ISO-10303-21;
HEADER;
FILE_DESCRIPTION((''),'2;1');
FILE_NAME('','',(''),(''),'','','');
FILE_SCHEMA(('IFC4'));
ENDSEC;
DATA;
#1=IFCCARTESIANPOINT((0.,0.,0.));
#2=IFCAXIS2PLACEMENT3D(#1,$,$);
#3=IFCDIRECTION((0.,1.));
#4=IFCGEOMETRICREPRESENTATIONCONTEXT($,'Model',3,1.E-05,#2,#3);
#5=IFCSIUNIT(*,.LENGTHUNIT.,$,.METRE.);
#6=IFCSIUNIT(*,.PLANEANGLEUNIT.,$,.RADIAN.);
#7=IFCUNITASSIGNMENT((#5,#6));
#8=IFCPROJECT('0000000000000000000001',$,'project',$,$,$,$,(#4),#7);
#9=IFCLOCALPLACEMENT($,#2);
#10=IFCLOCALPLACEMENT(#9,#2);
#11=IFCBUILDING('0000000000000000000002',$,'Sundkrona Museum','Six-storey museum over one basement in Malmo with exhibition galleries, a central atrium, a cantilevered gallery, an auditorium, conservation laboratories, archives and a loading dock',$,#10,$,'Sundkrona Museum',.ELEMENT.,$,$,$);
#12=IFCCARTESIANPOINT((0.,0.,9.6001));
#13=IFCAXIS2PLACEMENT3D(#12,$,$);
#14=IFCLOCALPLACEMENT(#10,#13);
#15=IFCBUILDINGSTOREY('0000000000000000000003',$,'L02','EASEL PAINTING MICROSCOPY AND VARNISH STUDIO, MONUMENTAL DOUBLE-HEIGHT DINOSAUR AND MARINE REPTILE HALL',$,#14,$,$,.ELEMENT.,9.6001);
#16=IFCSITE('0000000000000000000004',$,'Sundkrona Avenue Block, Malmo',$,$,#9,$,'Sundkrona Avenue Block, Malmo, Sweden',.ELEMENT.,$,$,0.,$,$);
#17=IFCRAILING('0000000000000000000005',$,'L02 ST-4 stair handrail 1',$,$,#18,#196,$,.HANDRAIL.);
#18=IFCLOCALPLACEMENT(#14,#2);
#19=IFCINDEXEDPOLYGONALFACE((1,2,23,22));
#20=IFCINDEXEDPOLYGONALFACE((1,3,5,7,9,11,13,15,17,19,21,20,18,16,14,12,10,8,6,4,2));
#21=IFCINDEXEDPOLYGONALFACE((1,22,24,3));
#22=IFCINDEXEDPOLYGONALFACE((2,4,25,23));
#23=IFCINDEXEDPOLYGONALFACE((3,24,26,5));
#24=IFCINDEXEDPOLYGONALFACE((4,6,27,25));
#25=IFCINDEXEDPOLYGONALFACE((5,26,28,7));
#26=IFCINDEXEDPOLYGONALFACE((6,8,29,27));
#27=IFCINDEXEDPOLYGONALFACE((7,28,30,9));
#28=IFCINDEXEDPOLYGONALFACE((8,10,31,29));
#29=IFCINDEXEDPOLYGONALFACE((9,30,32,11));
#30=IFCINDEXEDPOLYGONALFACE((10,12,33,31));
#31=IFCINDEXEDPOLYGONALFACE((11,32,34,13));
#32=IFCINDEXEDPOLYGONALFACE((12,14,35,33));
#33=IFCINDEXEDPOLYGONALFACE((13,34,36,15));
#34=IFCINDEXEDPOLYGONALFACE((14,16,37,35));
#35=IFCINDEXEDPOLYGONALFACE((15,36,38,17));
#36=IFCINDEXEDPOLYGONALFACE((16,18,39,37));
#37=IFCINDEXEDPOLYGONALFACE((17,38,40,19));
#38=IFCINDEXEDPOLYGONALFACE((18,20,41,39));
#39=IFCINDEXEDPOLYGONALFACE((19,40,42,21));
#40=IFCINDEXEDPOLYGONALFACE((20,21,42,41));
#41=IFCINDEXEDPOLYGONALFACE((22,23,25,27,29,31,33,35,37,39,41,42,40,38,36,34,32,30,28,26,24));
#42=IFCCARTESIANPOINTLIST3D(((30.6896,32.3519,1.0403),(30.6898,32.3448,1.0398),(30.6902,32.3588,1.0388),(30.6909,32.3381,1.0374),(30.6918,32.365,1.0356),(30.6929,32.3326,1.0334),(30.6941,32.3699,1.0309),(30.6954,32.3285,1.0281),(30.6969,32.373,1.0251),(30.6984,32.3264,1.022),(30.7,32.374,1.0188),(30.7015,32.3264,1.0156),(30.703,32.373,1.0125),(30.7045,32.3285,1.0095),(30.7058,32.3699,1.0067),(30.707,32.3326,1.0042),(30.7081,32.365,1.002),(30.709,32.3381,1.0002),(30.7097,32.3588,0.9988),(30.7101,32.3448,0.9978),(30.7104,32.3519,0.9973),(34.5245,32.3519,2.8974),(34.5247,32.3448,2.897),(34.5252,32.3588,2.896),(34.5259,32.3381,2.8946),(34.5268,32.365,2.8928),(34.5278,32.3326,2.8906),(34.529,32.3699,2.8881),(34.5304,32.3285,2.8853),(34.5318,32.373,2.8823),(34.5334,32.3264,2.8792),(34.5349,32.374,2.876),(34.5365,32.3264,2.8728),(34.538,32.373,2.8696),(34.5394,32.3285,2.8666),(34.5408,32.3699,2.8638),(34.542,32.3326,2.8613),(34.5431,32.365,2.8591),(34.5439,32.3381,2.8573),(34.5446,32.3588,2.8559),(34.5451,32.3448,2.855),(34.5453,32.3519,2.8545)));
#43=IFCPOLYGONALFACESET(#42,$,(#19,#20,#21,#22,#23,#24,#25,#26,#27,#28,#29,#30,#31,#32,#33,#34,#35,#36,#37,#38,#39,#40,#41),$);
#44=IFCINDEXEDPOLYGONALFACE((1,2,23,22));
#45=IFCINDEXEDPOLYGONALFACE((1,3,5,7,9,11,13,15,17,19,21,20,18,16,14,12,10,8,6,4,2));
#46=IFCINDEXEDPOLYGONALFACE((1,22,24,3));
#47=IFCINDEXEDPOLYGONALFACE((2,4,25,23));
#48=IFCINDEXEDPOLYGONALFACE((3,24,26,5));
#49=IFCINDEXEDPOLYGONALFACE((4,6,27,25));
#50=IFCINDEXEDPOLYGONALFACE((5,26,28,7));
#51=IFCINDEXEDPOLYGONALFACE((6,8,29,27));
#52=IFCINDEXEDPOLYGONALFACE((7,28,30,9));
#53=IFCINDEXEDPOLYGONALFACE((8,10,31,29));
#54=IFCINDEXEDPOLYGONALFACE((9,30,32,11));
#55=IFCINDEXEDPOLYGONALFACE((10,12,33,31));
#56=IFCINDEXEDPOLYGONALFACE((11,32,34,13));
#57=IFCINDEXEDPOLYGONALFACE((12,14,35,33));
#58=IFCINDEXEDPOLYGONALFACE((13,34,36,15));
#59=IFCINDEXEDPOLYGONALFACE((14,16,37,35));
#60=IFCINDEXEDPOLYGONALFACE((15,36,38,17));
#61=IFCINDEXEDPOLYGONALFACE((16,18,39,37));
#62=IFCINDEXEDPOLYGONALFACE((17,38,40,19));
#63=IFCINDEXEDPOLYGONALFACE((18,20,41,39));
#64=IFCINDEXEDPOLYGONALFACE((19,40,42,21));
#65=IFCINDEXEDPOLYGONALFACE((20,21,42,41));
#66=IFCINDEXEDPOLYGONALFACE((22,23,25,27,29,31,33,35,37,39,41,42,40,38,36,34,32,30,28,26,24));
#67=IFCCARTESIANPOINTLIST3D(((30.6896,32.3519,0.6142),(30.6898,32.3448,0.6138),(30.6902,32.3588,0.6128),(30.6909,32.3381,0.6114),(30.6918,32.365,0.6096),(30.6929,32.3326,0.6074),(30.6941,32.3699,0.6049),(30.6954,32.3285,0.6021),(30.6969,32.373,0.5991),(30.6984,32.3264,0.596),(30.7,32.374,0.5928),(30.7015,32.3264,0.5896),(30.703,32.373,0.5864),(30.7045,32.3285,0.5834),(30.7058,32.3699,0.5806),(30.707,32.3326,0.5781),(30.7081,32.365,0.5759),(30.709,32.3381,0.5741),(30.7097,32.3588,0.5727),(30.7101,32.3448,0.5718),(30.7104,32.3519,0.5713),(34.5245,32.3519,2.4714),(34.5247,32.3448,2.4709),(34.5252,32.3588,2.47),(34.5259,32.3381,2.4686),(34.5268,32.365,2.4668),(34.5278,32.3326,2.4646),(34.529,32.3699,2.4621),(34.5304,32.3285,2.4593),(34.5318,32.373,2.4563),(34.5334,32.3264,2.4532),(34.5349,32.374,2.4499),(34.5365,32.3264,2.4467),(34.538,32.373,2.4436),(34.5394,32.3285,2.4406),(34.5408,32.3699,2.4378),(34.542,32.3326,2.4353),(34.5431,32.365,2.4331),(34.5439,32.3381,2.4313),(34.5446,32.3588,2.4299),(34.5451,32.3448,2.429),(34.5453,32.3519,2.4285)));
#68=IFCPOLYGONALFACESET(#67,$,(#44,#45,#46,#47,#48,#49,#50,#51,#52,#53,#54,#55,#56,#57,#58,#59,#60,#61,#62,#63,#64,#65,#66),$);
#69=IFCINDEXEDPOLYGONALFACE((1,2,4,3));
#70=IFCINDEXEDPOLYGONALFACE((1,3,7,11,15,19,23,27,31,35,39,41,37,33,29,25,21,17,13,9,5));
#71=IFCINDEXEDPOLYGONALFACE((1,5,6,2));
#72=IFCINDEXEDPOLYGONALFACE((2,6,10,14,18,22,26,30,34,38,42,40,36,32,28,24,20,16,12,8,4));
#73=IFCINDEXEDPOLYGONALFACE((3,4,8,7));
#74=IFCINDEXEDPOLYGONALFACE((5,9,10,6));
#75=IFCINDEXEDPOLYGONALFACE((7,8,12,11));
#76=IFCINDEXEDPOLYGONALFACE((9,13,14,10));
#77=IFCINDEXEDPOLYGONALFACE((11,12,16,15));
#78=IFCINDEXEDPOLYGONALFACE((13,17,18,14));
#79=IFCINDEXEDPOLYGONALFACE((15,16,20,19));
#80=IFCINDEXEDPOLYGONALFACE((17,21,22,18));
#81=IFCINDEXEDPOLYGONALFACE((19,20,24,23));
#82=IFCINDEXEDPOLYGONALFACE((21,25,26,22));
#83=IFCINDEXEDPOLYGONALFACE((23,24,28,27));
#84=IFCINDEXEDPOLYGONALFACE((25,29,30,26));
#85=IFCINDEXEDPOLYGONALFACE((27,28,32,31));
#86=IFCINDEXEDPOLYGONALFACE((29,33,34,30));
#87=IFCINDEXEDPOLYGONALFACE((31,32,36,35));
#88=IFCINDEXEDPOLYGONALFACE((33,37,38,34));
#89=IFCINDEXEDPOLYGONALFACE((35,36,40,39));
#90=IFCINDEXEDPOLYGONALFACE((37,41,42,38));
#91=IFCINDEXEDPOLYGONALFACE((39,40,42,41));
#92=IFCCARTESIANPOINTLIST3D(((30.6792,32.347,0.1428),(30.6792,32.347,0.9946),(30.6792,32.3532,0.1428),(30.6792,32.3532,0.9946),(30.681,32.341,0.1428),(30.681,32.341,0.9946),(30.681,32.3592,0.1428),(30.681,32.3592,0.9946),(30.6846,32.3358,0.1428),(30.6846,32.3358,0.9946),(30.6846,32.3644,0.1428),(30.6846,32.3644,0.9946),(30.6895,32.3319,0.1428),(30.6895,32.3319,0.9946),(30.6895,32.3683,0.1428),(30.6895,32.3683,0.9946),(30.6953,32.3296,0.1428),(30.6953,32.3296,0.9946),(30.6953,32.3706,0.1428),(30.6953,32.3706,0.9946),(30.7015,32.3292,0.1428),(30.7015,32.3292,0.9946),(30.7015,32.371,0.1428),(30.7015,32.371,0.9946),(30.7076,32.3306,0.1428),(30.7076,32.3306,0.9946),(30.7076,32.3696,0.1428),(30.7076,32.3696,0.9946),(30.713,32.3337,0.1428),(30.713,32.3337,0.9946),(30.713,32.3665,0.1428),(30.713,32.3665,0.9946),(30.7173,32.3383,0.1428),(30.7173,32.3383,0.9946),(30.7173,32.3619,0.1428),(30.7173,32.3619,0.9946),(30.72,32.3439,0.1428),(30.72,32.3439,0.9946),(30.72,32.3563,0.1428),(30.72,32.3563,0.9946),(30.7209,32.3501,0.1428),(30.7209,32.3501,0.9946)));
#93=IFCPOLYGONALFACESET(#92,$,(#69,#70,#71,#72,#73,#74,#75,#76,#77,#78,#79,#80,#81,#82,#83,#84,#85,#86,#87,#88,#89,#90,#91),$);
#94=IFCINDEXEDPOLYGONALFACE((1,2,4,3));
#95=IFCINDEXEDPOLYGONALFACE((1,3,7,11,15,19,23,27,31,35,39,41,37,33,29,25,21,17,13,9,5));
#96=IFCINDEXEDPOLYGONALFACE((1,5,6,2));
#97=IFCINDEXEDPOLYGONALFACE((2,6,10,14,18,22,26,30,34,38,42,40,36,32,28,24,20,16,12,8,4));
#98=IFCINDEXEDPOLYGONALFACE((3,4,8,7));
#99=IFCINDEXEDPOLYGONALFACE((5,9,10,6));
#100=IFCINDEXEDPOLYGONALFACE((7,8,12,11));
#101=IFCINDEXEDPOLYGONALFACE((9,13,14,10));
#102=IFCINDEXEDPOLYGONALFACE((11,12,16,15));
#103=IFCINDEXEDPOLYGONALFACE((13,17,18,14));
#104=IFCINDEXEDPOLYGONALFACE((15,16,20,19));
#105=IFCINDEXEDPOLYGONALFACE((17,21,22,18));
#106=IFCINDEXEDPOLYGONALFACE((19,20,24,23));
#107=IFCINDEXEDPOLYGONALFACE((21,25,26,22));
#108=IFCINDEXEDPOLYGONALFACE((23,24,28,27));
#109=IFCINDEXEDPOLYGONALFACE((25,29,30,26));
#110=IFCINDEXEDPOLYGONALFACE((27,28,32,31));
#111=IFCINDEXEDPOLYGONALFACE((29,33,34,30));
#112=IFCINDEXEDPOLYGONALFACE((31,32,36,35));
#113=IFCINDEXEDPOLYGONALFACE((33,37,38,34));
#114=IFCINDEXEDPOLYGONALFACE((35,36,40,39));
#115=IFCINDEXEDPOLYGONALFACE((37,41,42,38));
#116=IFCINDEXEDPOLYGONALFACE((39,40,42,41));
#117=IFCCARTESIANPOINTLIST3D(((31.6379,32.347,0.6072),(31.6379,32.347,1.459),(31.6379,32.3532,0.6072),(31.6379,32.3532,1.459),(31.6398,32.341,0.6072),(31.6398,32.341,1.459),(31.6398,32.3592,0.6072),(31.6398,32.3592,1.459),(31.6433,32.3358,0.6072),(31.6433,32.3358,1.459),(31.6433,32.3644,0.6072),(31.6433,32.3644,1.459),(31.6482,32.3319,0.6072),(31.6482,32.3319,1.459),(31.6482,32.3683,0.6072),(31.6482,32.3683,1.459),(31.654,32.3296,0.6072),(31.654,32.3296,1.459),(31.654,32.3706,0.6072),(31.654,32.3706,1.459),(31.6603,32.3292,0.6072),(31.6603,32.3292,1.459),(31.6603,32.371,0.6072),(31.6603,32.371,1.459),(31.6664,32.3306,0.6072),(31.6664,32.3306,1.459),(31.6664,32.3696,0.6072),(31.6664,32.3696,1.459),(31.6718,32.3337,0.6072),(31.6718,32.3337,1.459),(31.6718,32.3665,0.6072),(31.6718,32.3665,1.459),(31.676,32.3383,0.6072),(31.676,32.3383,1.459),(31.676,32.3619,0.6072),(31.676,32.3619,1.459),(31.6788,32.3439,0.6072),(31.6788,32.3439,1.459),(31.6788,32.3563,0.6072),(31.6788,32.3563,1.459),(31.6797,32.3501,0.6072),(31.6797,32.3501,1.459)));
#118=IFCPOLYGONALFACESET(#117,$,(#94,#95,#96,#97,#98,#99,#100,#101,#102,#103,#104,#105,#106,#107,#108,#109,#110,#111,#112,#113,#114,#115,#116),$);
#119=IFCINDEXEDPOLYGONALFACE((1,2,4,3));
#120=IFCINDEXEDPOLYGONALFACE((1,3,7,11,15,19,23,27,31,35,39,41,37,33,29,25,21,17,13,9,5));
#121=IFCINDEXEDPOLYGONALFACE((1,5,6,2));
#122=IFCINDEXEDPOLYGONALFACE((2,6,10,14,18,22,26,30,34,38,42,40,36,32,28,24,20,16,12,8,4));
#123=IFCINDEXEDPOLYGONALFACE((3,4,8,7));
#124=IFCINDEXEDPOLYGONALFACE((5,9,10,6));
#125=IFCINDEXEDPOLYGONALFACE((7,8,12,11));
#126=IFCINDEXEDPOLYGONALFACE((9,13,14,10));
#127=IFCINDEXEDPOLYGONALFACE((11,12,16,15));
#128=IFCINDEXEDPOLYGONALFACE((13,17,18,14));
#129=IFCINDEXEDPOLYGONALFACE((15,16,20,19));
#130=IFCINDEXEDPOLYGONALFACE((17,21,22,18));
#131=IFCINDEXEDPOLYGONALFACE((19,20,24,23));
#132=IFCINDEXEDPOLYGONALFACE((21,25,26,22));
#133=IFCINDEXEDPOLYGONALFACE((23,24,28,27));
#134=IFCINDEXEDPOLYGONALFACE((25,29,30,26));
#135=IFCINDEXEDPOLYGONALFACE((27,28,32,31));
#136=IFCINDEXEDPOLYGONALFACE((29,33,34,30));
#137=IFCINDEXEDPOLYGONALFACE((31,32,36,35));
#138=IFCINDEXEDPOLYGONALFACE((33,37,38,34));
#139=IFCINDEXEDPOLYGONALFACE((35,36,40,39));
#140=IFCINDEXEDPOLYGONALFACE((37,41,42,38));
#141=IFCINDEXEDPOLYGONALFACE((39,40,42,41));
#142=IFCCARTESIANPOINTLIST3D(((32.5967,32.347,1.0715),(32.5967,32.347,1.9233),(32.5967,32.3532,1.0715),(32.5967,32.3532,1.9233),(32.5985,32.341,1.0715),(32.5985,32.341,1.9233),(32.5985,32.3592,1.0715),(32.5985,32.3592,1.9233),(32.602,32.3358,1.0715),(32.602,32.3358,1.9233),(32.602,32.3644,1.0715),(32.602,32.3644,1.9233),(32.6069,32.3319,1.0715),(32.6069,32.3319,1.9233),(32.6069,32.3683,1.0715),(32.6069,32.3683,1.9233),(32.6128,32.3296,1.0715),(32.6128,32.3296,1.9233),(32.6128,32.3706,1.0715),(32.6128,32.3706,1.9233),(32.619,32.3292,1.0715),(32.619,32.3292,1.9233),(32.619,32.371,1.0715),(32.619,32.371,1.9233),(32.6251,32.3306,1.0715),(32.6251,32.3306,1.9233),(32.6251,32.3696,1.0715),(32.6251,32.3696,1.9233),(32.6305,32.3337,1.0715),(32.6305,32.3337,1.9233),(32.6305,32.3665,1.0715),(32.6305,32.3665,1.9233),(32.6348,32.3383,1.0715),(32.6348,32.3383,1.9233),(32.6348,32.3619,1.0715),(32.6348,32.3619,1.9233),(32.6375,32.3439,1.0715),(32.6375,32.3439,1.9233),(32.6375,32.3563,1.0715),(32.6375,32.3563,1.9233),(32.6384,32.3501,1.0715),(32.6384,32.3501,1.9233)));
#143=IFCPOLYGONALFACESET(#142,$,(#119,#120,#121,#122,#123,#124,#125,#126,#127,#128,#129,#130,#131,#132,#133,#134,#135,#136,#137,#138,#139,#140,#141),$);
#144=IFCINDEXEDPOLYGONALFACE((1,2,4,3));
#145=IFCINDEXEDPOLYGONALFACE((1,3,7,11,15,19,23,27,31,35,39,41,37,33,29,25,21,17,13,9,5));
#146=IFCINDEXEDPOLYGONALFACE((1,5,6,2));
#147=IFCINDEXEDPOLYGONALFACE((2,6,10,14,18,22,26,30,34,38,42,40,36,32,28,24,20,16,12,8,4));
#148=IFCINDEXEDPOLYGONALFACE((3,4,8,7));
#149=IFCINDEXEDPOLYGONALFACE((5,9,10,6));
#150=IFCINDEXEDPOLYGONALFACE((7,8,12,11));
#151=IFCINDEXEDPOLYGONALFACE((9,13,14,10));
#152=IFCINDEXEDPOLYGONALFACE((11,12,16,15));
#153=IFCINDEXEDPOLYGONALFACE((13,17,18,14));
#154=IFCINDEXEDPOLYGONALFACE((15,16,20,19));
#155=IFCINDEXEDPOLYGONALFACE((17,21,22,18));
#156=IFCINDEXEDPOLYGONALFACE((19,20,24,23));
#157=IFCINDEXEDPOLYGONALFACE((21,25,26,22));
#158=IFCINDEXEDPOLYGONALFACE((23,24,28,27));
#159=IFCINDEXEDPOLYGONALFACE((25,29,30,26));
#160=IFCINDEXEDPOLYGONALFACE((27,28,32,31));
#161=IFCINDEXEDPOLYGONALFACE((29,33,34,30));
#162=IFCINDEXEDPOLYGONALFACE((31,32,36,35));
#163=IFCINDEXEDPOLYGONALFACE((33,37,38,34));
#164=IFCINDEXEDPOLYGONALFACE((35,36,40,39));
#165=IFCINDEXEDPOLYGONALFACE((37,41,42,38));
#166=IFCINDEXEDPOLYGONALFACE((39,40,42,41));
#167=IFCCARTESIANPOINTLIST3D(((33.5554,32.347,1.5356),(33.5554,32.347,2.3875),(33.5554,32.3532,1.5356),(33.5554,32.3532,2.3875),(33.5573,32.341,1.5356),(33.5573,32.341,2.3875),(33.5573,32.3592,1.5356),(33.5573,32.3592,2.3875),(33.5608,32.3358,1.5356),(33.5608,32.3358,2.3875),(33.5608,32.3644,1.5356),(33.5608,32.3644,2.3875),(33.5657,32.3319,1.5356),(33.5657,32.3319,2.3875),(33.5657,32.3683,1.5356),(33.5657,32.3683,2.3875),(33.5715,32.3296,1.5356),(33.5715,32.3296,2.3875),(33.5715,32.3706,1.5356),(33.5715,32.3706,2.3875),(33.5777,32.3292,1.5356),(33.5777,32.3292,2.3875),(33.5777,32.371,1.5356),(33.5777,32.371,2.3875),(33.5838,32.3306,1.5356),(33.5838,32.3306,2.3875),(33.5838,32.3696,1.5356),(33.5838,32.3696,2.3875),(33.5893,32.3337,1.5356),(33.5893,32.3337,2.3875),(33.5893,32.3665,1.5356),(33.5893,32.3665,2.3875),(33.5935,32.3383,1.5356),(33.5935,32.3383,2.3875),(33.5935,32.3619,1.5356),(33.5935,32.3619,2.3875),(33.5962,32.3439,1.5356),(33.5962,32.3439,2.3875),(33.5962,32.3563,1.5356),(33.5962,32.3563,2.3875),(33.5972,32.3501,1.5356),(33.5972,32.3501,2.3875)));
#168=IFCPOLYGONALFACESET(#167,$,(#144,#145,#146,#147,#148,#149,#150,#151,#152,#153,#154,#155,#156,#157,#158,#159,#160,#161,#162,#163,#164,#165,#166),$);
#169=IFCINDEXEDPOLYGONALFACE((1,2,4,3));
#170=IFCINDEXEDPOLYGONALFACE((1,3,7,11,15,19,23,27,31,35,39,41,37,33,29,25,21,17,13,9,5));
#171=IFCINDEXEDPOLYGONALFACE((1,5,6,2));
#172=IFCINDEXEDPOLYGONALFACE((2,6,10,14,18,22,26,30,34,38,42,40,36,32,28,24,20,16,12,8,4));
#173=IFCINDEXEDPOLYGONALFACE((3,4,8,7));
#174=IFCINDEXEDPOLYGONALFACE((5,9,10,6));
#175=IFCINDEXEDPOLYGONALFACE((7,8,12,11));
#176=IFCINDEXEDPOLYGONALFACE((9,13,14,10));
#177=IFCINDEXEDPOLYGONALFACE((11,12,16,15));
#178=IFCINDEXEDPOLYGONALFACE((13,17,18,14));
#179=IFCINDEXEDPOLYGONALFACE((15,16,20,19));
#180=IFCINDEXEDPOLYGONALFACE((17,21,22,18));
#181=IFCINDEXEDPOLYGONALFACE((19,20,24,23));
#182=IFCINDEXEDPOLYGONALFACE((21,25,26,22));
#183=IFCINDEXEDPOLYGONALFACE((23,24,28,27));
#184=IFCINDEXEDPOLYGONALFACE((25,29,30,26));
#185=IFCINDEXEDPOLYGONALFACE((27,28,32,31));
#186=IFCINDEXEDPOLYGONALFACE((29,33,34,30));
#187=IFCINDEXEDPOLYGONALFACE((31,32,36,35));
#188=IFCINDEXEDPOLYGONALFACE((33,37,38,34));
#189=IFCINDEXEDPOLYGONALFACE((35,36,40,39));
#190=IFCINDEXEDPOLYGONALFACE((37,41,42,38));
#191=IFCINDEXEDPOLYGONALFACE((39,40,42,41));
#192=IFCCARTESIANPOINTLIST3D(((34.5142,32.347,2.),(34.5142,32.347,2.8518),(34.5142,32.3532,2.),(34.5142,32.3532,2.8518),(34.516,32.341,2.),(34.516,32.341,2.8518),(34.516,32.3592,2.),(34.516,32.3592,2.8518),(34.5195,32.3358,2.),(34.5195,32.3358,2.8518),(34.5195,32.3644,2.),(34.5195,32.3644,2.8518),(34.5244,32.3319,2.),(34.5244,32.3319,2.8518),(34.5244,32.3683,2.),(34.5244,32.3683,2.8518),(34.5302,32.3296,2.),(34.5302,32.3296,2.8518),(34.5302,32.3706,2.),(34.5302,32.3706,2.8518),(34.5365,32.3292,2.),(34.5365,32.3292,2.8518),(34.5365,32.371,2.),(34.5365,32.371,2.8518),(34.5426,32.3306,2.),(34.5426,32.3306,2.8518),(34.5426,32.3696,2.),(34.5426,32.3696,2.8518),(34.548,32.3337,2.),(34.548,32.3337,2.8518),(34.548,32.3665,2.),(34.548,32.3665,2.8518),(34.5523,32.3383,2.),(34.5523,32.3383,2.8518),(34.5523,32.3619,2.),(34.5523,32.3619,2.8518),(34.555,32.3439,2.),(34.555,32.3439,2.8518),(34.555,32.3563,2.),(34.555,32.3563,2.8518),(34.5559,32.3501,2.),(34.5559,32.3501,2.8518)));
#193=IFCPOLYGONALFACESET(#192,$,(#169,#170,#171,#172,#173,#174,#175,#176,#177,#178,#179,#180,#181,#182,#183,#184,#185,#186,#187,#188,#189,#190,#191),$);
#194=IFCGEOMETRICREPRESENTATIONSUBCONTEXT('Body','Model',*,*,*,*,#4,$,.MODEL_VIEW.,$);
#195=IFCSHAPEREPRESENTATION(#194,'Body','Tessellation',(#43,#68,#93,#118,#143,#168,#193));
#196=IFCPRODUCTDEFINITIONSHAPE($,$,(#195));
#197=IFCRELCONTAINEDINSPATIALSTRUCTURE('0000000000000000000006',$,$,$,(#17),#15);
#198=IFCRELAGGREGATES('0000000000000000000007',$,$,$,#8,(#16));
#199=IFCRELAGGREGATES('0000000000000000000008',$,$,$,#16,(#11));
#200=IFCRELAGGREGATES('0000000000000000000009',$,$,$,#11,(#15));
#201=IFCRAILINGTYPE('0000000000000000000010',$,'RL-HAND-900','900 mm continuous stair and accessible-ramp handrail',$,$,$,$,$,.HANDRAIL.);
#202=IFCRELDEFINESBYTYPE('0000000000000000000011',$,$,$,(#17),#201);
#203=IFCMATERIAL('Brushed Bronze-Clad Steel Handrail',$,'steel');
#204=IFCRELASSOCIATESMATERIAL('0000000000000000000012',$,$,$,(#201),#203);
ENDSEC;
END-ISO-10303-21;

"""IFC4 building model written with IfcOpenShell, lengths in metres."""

from ifc_helpers import new_model, si_unit, direction, frame, origin, origin_2d, place, context, subcontext, project, spatial, circle, extrude, material, type_object, element, save


model = new_model("IFC4")

# Units and contexts
model_context = context("Model", 3, precision=1e-05, world=origin(), true_north=direction((0.0, 1.0)))
body_context = subcontext(model_context, "Body", "Model", "MODEL_VIEW")
ifc_project = project(units=[si_unit("LENGTHUNIT", "METRE"), si_unit("PLANEANGLEUNIT", "RADIAN")], contexts=[model_context])

# Site, building, storey
site_placement = place(None, origin())
site = spatial("IfcSite", under=ifc_project, at=site_placement, Name="Sundkrona Avenue Block, Malmo", LongName="Sundkrona Avenue Block, Malmo, Sweden", CompositionType="ELEMENT", RefElevation=0.0)
building_placement = place(site_placement, origin())
building = spatial("IfcBuilding", under=site, at=building_placement, Name="Sundkrona Museum", Description="Six-storey museum over one basement in Malmo with exhibition galleries, a central atrium, a cantilevered gallery, an auditorium, conservation laboratories, archives and a loading dock", LongName="Sundkrona Museum", CompositionType="ELEMENT")
storey_placement = place(building_placement, frame((0.0, 0.0, 9.6001)))
storey = spatial("IfcBuildingStorey", under=building, at=storey_placement, Name="L02", Description="EASEL PAINTING MICROSCOPY AND VARNISH STUDIO, MONUMENTAL DOUBLE-HEIGHT DINOSAUR AND MARINE REPTILE HALL", CompositionType="ELEMENT", Elevation=9.6001)

# Railing
ifc_material_1 = material(Name="Brushed Bronze-Clad Steel Handrail", Category="steel")
railing_type_1 = type_object("IfcRailingType", Name="RL-HAND-900", Description="900 mm continuous stair and accessible-ramp handrail", PredefinedType="HANDRAIL", material=ifc_material_1)
for number, where, name in (
    (1, (30.7, 32.3501, 0.1428), "L02 ST-4 stair handrail 1"),
):
    element("IfcRailing", number, at=place(storey_placement, frame(where)), inside=storey, type_object=railing_type_1, Name=name, PredefinedType="HANDRAIL", context=body_context, shape_type="SweptSolid", body=[
        extrude(circle(Radius=0.0239, at=origin_2d()), frame((0.0, 0.0, 0.876), z_axis=(0.900016, 0.0, 0.435856), x_axis=(0.0, 1.0, 0.0)), (0.0, 0.0, 1.0), 4.261),
        extrude(circle(Radius=0.0239, at=origin_2d()), frame((0.0, 0.0, 0.45), z_axis=(0.900016, 0.0, 0.435856), x_axis=(0.0, 1.0, 0.0)), (0.0, 0.0, 1.0), 4.261),
        extrude(circle(Radius=0.021, at=origin_2d()), origin(), (0.0, 0.0, 1.0), 0.8518),
        extrude(circle(Radius=0.021, at=origin_2d()), frame((0.9587, 0.0, 0.4644)), (0.0, 0.0, 1.0), 0.8518),
        extrude(circle(Radius=0.021, at=origin_2d()), frame((1.9175, 0.0, 0.9287)), (0.0, 0.0, 1.0), 0.8518),
        extrude(circle(Radius=0.021, at=origin_2d()), frame((2.8762, 0.0, 1.3928)), (0.0, 0.0, 1.0), 0.8518),
        extrude(circle(Radius=0.021, at=origin_2d()), frame((3.835, 0.0, 1.8572)), (0.0, 0.0, 1.0), 0.8518),
    ])

save(model, "model.ifc")
